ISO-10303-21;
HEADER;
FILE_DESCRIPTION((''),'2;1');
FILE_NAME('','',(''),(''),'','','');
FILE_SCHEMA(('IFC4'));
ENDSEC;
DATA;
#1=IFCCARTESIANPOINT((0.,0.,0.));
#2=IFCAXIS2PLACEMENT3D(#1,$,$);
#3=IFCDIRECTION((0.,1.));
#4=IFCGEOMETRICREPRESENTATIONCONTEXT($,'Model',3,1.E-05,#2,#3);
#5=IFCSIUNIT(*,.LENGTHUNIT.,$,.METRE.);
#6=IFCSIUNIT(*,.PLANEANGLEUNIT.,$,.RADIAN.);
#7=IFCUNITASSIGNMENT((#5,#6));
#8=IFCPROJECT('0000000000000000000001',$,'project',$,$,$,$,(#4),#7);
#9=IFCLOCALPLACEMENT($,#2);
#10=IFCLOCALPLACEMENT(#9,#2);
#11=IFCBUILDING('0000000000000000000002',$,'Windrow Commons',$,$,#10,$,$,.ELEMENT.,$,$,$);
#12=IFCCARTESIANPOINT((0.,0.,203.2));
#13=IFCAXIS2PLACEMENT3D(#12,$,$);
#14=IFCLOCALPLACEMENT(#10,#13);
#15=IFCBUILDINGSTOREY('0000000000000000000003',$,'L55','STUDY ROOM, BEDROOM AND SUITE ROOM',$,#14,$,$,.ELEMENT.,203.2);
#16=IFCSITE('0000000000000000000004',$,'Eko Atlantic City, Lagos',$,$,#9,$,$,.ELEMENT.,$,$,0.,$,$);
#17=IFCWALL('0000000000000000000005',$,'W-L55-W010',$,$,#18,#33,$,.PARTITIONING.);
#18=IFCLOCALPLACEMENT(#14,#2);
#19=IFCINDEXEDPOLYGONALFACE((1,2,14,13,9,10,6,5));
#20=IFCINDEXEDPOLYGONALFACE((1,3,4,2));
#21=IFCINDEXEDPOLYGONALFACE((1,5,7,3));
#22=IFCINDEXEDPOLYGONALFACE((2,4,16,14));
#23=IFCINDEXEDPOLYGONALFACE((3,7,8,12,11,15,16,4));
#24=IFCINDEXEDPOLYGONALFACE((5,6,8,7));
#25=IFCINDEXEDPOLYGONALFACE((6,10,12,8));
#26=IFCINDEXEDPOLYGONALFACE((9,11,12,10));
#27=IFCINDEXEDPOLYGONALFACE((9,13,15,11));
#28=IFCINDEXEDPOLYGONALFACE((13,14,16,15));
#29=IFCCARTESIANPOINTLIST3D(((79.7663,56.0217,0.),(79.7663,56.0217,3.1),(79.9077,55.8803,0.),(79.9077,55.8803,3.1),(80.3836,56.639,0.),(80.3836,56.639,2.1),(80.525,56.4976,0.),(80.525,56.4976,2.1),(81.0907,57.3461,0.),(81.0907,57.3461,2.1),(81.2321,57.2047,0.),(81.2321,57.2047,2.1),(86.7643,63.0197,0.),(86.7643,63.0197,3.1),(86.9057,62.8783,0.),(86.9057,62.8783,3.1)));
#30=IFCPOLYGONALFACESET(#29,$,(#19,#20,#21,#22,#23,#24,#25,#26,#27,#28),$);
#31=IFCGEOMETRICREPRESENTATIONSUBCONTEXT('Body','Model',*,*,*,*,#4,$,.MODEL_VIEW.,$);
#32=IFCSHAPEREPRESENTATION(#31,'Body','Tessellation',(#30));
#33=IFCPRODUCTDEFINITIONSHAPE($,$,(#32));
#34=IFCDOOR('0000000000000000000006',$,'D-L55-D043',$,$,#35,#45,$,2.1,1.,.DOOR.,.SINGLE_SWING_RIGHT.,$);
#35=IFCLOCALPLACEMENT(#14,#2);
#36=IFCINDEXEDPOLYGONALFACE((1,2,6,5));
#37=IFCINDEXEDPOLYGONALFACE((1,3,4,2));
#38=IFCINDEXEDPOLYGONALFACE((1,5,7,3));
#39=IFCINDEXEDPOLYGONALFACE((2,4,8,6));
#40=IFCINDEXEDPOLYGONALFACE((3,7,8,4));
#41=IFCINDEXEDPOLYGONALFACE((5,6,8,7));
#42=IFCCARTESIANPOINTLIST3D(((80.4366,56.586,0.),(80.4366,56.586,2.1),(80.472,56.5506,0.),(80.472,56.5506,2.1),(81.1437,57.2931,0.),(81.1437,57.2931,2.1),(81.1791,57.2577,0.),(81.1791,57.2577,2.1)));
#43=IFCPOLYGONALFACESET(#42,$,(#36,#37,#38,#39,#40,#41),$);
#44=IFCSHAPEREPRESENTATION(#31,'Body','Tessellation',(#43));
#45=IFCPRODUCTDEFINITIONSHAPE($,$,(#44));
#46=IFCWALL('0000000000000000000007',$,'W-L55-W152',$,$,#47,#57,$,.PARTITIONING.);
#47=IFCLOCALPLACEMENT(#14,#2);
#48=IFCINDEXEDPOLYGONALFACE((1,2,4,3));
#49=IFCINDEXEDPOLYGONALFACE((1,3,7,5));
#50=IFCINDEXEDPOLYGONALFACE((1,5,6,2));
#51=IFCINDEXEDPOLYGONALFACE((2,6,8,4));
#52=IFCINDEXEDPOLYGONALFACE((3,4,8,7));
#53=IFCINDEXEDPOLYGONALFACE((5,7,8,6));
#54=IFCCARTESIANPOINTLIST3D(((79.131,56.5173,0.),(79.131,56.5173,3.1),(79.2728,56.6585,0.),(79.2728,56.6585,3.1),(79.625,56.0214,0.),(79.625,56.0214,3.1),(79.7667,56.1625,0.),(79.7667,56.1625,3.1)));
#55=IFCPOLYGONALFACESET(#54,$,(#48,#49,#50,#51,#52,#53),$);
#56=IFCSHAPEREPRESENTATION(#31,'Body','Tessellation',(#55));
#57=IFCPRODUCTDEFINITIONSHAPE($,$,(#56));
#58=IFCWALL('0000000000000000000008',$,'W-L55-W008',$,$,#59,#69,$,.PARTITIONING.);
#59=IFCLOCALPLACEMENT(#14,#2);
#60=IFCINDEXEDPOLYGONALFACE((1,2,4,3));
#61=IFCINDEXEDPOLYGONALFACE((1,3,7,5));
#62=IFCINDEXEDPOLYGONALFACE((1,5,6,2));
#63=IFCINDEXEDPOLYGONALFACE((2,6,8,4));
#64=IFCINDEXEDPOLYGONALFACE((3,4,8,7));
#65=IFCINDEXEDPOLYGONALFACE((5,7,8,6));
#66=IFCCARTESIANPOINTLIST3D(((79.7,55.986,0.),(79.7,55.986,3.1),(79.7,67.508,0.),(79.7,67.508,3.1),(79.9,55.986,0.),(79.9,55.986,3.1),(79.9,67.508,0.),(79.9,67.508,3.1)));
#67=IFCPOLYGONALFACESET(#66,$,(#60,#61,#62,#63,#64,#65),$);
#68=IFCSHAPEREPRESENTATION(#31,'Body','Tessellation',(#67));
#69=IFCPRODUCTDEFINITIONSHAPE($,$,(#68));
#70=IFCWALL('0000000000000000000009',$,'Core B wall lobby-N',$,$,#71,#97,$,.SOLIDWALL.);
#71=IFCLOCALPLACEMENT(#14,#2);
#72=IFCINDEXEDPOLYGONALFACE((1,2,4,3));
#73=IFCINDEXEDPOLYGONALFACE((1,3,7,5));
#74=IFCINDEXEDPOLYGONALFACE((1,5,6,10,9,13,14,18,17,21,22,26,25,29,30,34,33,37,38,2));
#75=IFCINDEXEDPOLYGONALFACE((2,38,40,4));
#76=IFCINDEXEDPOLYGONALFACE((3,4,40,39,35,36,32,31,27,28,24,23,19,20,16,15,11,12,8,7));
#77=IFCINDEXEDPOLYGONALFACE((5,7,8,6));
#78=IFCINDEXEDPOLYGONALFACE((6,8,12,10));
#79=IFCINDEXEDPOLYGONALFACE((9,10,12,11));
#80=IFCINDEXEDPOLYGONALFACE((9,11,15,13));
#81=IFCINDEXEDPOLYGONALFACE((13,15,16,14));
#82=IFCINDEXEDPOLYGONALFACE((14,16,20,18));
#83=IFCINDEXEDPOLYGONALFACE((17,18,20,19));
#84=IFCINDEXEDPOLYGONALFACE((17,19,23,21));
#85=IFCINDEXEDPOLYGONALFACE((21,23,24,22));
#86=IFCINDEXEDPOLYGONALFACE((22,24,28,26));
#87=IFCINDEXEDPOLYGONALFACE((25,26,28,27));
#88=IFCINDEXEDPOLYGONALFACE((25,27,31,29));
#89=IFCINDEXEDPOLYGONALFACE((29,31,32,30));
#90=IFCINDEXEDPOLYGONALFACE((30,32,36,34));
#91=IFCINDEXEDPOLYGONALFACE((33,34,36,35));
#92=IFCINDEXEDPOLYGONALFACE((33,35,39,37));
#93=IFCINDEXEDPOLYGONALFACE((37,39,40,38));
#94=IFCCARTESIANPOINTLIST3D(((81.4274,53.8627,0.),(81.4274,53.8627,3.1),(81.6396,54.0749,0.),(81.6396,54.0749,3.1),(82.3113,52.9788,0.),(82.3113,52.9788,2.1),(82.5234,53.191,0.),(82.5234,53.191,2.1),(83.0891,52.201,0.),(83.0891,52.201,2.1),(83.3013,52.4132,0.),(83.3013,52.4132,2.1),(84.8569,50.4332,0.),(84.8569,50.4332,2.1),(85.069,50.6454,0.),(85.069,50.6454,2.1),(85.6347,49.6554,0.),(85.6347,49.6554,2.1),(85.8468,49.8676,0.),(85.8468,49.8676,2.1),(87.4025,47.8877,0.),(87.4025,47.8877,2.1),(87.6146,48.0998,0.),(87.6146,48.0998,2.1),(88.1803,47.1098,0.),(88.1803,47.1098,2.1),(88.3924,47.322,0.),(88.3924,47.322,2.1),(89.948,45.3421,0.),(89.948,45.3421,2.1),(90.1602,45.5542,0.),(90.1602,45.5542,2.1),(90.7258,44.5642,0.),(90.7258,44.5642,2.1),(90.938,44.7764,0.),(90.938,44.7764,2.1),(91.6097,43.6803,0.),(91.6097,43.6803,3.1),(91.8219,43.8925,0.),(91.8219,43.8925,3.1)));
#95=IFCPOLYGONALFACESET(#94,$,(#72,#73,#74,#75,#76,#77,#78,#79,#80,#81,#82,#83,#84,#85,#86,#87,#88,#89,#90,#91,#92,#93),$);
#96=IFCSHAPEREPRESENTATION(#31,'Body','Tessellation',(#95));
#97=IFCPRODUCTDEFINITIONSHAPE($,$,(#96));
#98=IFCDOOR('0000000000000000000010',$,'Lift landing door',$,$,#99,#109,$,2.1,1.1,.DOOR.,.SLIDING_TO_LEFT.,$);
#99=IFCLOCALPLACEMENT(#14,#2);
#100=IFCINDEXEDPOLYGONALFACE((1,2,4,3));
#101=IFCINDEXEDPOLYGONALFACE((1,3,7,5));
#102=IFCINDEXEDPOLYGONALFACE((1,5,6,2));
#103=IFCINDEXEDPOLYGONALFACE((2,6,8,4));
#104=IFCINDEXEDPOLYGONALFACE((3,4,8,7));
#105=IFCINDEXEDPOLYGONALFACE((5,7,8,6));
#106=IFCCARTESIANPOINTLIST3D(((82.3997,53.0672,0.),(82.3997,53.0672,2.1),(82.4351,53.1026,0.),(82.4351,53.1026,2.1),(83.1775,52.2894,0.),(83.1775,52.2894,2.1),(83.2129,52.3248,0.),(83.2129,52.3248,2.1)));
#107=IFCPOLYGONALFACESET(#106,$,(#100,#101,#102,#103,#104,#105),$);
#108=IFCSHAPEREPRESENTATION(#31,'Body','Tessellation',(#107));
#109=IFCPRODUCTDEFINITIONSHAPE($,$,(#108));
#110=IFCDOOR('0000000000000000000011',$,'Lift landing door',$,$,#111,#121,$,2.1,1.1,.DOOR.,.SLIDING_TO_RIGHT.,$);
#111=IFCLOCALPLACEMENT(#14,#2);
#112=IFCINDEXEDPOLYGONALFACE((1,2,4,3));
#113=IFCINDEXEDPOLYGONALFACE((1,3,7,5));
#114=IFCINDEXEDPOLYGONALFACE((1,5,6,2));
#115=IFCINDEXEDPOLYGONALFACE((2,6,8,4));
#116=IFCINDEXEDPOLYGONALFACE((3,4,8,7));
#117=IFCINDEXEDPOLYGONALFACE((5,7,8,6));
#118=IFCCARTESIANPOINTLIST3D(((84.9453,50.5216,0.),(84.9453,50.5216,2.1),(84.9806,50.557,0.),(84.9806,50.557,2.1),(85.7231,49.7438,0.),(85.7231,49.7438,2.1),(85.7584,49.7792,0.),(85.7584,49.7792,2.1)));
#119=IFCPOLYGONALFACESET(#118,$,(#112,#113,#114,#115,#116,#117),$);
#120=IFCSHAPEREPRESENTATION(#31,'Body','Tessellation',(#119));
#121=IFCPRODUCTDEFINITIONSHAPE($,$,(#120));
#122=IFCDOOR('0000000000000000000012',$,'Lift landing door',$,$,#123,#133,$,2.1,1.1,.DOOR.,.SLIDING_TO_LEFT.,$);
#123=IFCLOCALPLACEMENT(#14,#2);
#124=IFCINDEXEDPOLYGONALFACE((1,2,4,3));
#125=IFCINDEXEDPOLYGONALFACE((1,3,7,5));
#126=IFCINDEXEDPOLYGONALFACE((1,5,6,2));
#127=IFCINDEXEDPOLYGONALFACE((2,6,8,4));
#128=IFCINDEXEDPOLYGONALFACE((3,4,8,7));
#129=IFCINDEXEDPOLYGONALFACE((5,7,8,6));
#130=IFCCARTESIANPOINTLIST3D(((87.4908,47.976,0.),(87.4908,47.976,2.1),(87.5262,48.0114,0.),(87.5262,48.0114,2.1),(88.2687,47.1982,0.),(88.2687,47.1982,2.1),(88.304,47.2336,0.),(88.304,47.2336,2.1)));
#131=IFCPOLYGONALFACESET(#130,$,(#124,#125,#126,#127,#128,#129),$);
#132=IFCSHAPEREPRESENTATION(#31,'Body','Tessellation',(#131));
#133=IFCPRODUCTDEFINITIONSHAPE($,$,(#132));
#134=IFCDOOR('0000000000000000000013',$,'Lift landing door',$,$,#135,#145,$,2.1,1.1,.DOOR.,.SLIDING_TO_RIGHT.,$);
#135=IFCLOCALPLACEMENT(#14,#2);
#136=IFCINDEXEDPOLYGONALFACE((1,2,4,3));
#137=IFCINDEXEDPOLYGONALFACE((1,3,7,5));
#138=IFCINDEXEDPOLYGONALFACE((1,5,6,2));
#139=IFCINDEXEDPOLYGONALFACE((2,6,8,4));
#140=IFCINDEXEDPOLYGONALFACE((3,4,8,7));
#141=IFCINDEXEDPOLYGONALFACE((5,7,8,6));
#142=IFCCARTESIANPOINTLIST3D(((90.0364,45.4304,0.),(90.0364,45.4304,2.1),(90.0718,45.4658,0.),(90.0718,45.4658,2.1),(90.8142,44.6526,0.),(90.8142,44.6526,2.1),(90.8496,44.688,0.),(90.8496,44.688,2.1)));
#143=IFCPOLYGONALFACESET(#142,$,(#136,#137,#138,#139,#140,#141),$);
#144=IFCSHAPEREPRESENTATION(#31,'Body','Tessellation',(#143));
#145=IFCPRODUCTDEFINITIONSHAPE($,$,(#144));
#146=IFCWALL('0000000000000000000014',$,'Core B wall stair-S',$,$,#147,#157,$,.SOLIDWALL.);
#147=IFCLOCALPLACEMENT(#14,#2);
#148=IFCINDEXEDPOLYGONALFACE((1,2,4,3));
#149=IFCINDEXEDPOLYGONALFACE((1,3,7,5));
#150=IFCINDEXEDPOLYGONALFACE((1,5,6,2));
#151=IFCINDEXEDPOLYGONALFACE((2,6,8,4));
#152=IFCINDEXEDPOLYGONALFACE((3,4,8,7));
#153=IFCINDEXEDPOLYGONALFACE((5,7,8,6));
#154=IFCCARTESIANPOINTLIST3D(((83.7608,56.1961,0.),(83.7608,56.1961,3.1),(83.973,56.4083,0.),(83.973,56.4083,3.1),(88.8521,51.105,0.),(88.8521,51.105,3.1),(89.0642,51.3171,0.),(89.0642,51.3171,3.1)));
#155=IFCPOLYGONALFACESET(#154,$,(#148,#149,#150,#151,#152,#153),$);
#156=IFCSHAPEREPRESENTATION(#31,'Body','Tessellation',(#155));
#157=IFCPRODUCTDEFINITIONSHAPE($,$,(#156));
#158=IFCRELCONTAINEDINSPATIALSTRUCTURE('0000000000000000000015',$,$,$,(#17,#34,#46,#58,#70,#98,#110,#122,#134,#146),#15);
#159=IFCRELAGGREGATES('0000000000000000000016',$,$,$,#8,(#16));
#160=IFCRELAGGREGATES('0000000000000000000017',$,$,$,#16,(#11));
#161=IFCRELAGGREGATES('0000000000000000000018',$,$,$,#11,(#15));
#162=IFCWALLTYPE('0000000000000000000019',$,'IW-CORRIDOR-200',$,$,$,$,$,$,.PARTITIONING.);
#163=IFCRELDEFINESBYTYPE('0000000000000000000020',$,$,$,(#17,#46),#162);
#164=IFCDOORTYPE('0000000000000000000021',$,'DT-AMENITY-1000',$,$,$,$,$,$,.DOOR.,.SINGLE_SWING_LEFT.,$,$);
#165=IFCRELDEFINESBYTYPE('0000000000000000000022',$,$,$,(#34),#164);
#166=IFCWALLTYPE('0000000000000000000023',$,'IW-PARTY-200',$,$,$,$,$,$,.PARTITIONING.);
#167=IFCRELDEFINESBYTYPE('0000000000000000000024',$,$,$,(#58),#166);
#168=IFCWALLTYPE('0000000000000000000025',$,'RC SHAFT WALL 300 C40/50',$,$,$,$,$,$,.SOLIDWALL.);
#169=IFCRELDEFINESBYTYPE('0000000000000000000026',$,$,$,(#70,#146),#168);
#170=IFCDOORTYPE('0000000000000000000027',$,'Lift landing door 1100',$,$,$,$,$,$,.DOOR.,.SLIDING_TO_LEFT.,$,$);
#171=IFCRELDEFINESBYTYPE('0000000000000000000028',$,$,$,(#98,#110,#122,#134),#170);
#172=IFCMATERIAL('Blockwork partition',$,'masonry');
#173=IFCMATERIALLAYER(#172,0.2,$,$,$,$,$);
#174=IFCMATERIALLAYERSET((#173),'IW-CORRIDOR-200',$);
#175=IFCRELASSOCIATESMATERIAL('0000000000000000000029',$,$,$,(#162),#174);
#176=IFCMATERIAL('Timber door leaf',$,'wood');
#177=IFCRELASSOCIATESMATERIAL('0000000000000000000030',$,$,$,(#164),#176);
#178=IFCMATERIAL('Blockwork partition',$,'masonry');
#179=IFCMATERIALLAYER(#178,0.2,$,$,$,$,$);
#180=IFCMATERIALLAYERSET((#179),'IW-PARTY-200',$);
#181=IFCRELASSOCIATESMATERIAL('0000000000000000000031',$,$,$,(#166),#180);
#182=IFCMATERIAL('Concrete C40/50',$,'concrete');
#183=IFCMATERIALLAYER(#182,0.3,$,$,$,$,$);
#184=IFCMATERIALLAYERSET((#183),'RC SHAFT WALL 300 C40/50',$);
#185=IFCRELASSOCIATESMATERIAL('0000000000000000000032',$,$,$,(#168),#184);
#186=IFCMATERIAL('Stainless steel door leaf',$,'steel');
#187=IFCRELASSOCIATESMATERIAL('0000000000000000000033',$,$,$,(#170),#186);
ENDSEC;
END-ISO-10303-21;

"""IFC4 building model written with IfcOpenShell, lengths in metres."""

from ifc_helpers import new_model, si_unit, direction, frame, frame_2d, origin, place, context, subcontext, project, spatial, rectangle, extrude, material, layer, layer_set, type_object, element, fill, save


model = new_model("IFC4")

# Units and contexts
model_context = context("Model", 3, precision=1e-05, world=origin(), true_north=direction((0.0, 1.0)))
body_context = subcontext(model_context, "Body", "Model", "MODEL_VIEW")
ifc_project = project(units=[si_unit("LENGTHUNIT", "METRE"), si_unit("PLANEANGLEUNIT", "RADIAN")], contexts=[model_context])

# Site, building, storey
site_placement = place(None, origin())
site = spatial("IfcSite", under=ifc_project, at=site_placement, Name="Eko Atlantic City, Lagos", CompositionType="ELEMENT", RefElevation=0.0)
building_placement = place(site_placement, origin())
building = spatial("IfcBuilding", under=site, at=building_placement, Name="Windrow Commons", CompositionType="ELEMENT")
storey_placement = place(building_placement, frame((0.0, 0.0, 203.2)))
storey = spatial("IfcBuildingStorey", under=building, at=storey_placement, Name="L55", Description="STUDY ROOM, BEDROOM AND SUITE ROOM", CompositionType="ELEMENT", Elevation=203.2)

# Wall, opening, door
ifc_material_1 = material(Name="Blockwork partition", Category="masonry")
ifc_layer_1 = layer(ifc_material_1, 0.2)
ifc_layer_set_1 = layer_set([ifc_layer_1], Name="IW-CORRIDOR-200")
wall_type_1 = type_object("IfcWallType", Name="IW-CORRIDOR-200", PredefinedType="PARTITIONING", material=ifc_layer_set_1)
wall_1_placement = place(storey_placement, frame((79.837, 55.951, 0.0), z_axis=(0.0, 0.0, 1.0), x_axis=(0.707107, 0.707107, 0.0)))
wall_1 = element("IfcWall", 1, at=wall_1_placement, inside=storey, type_object=wall_type_1, Name="W-L55-W010", PredefinedType="PARTITIONING", context=body_context, shape_type="SweptSolid", body=[
    extrude(rectangle(XDim=9.8967, YDim=0.2, at=frame_2d((4.9483, 0.0))), origin(), (0.0, 0.0, 1.0), 3.1),
])
opening_1_placement = place(wall_1_placement, frame((0.873, 0.0, 0.0)))
opening_1 = element("IfcOpeningElement", 2, at=opening_1_placement, cuts=wall_1, PredefinedType="OPENING", context=body_context, shape_type="SweptSolid", body=[
    extrude(rectangle(XDim=1.0, YDim=2.1, at=frame_2d((0.5, 1.05))), frame((0.0, 0.11, 0.0), z_axis=(0.0, -1.0, 0.0), x_axis=(1.0, 0.0, 0.0)), (0.0, 0.0, 1.0), 0.22),
])
ifc_material_2 = material(Name="Timber door leaf", Category="wood")
door_type_1 = type_object("IfcDoorType", Name="DT-AMENITY-1000", OperationType="SINGLE_SWING_LEFT", PredefinedType="DOOR", material=ifc_material_2)
door_1_placement = place(opening_1_placement, origin())
door_1 = element("IfcDoor", 3, at=door_1_placement, inside=storey, type_object=door_type_1, Name="D-L55-D043", OperationType="SINGLE_SWING_RIGHT", OverallHeight=2.1, OverallWidth=1.0, PredefinedType="DOOR", context=body_context, shape_type="SweptSolid", body=[
    extrude(rectangle(XDim=1.0, YDim=2.1, at=frame_2d((0.5, 1.05))), frame((0.0, 0.025, 0.0), z_axis=(0.0, -1.0, 0.0), x_axis=(1.0, 0.0, 0.0)), (0.0, 0.0, 1.0), 0.05),
])
fill(opening_1, door_1)

# Walls
wall_2_placement = place(storey_placement, frame((79.2019, 56.5879, 0.0), z_axis=(0.0, 0.0, 1.0), x_axis=(0.705677, -0.708534, 0.0)))
element("IfcWall", 4, at=wall_2_placement, inside=storey, type_object=wall_type_1, Name="W-L55-W152", PredefinedType="PARTITIONING", context=body_context, shape_type="SweptSolid", body=[
    extrude(rectangle(XDim=0.7, YDim=0.2, at=frame_2d((0.35, 0.0))), origin(), (0.0, 0.0, 1.0), 3.1),
])
ifc_material_3 = material(Name="Blockwork partition", Category="masonry")
ifc_layer_2 = layer(ifc_material_3, 0.2)
ifc_layer_set_2 = layer_set([ifc_layer_2], Name="IW-PARTY-200")
wall_type_2 = type_object("IfcWallType", Name="IW-PARTY-200", PredefinedType="PARTITIONING", material=ifc_layer_set_2)
wall_3_placement = place(storey_placement, frame((79.8, 55.986, 0.0), z_axis=(0.0, 0.0, 1.0), x_axis=(0.0, 1.0, 0.0)))
element("IfcWall", 5, at=wall_3_placement, inside=storey, type_object=wall_type_2, Name="W-L55-W008", PredefinedType="PARTITIONING", context=body_context, shape_type="SweptSolid", body=[
    extrude(rectangle(XDim=11.522, YDim=0.2, at=frame_2d((5.761, 0.0))), origin(), (0.0, 0.0, 1.0), 3.1),
])

# Wall, openings, doors
ifc_material_4 = material(Name="Concrete C40/50", Category="concrete")
ifc_layer_3 = layer(ifc_material_4, 0.3)
ifc_layer_set_3 = layer_set([ifc_layer_3], Name="RC SHAFT WALL 300 C40/50")
wall_type_3 = type_object("IfcWallType", Name="RC SHAFT WALL 300 C40/50", PredefinedType="SOLIDWALL", material=ifc_layer_set_3)
wall_4_placement = place(storey_placement, frame((81.5335, 53.9688, 0.0), z_axis=(0.0, 0.0, 1.0), x_axis=(0.707103, -0.70711, 0.0)))
wall_4 = element("IfcWall", 6, at=wall_4_placement, inside=storey, type_object=wall_type_3, Name="Core B wall lobby-N", PredefinedType="SOLIDWALL", context=body_context, shape_type="SweptSolid", body=[
    extrude(rectangle(XDim=14.4, YDim=0.3, at=frame_2d((7.2, 0.0))), origin(), (0.0, 0.0, 1.0), 3.1),
])
opening_2_placement = place(wall_4_placement, frame((1.25, 0.0, 0.0)))
opening_2 = element("IfcOpeningElement", 7, at=opening_2_placement, cuts=wall_4, PredefinedType="OPENING", context=body_context, shape_type="SweptSolid", body=[
    extrude(rectangle(XDim=1.1, YDim=2.1, at=frame_2d((0.55, 1.05))), frame((0.0, 0.16, 0.0), z_axis=(0.0, -1.0, 0.0), x_axis=(1.0, 0.0, 0.0)), (0.0, 0.0, 1.0), 0.32),
])
opening_3_placement = place(wall_4_placement, frame((4.85, 0.0, 0.0)))
opening_3 = element("IfcOpeningElement", 8, at=opening_3_placement, cuts=wall_4, PredefinedType="OPENING", context=body_context, shape_type="SweptSolid", body=[
    extrude(rectangle(XDim=1.1, YDim=2.1, at=frame_2d((0.55, 1.05))), frame((0.0, 0.16, 0.0), z_axis=(0.0, -1.0, 0.0), x_axis=(1.0, 0.0, 0.0)), (0.0, 0.0, 1.0), 0.32),
])
opening_4_placement = place(wall_4_placement, frame((8.45, 0.0, 0.0)))
opening_4 = element("IfcOpeningElement", 9, at=opening_4_placement, cuts=wall_4, PredefinedType="OPENING", context=body_context, shape_type="SweptSolid", body=[
    extrude(rectangle(XDim=1.1, YDim=2.1, at=frame_2d((0.55, 1.05))), frame((0.0, 0.16, 0.0), z_axis=(0.0, -1.0, 0.0), x_axis=(1.0, 0.0, 0.0)), (0.0, 0.0, 1.0), 0.32),
])
opening_5_placement = place(wall_4_placement, frame((12.05, 0.0, 0.0)))
opening_5 = element("IfcOpeningElement", 10, at=opening_5_placement, cuts=wall_4, PredefinedType="OPENING", context=body_context, shape_type="SweptSolid", body=[
    extrude(rectangle(XDim=1.1, YDim=2.1, at=frame_2d((0.55, 1.05))), frame((0.0, 0.16, 0.0), z_axis=(0.0, -1.0, 0.0), x_axis=(1.0, 0.0, 0.0)), (0.0, 0.0, 1.0), 0.32),
])
ifc_material_5 = material(Name="Stainless steel door leaf", Category="steel")
door_type_2 = type_object("IfcDoorType", Name="Lift landing door 1100", OperationType="SLIDING_TO_LEFT", PredefinedType="DOOR", material=ifc_material_5)
door_2_placement = place(opening_2_placement, origin())
door_2 = element("IfcDoor", 11, at=door_2_placement, inside=storey, type_object=door_type_2, Name="Lift landing door", OperationType="SLIDING_TO_LEFT", OverallHeight=2.1, OverallWidth=1.1, PredefinedType="DOOR", context=body_context, shape_type="SweptSolid", body=[
    extrude(rectangle(XDim=1.1, YDim=2.1, at=frame_2d((0.55, 1.05))), frame((0.0, 0.025, 0.0), z_axis=(0.0, -1.0, 0.0), x_axis=(1.0, 0.0, 0.0)), (0.0, 0.0, 1.0), 0.05),
])
fill(opening_2, door_2)
door_3_placement = place(opening_3_placement, origin())
door_3 = element("IfcDoor", 12, at=door_3_placement, inside=storey, type_object=door_type_2, Name="Lift landing door", OperationType="SLIDING_TO_RIGHT", OverallHeight=2.1, OverallWidth=1.1, PredefinedType="DOOR", context=body_context, shape_type="SweptSolid", body=[
    extrude(rectangle(XDim=1.1, YDim=2.1, at=frame_2d((0.55, 1.05))), frame((0.0, 0.025, 0.0), z_axis=(0.0, -1.0, 0.0), x_axis=(1.0, 0.0, 0.0)), (0.0, 0.0, 1.0), 0.05),
])
fill(opening_3, door_3)
door_4_placement = place(opening_4_placement, origin())
door_4 = element("IfcDoor", 13, at=door_4_placement, inside=storey, type_object=door_type_2, Name="Lift landing door", OperationType="SLIDING_TO_LEFT", OverallHeight=2.1, OverallWidth=1.1, PredefinedType="DOOR", context=body_context, shape_type="SweptSolid", body=[
    extrude(rectangle(XDim=1.1, YDim=2.1, at=frame_2d((0.55, 1.05))), frame((0.0, 0.025, 0.0), z_axis=(0.0, -1.0, 0.0), x_axis=(1.0, 0.0, 0.0)), (0.0, 0.0, 1.0), 0.05),
])
fill(opening_4, door_4)
door_5_placement = place(opening_5_placement, origin())
door_5 = element("IfcDoor", 14, at=door_5_placement, inside=storey, type_object=door_type_2, Name="Lift landing door", OperationType="SLIDING_TO_RIGHT", OverallHeight=2.1, OverallWidth=1.1, PredefinedType="DOOR", context=body_context, shape_type="SweptSolid", body=[
    extrude(rectangle(XDim=1.1, YDim=2.1, at=frame_2d((0.55, 1.05))), frame((0.0, 0.025, 0.0), z_axis=(0.0, -1.0, 0.0), x_axis=(1.0, 0.0, 0.0)), (0.0, 0.0, 1.0), 0.05),
])
fill(opening_5, door_5)

# Wall
wall_5_placement = place(storey_placement, frame((83.8669, 56.3022, 0.0), z_axis=(0.0, 0.0, 1.0), x_axis=(0.707114, -0.7071, 0.0)))
element("IfcWall", 15, at=wall_5_placement, inside=storey, type_object=wall_type_3, Name="Core B wall stair-S", PredefinedType="SOLIDWALL", context=body_context, shape_type="SweptSolid", body=[
    extrude(rectangle(XDim=7.2, YDim=0.3, at=frame_2d((3.6, 0.0))), origin(), (0.0, 0.0, 1.0), 3.1),
])

save(model, "model.ifc")
